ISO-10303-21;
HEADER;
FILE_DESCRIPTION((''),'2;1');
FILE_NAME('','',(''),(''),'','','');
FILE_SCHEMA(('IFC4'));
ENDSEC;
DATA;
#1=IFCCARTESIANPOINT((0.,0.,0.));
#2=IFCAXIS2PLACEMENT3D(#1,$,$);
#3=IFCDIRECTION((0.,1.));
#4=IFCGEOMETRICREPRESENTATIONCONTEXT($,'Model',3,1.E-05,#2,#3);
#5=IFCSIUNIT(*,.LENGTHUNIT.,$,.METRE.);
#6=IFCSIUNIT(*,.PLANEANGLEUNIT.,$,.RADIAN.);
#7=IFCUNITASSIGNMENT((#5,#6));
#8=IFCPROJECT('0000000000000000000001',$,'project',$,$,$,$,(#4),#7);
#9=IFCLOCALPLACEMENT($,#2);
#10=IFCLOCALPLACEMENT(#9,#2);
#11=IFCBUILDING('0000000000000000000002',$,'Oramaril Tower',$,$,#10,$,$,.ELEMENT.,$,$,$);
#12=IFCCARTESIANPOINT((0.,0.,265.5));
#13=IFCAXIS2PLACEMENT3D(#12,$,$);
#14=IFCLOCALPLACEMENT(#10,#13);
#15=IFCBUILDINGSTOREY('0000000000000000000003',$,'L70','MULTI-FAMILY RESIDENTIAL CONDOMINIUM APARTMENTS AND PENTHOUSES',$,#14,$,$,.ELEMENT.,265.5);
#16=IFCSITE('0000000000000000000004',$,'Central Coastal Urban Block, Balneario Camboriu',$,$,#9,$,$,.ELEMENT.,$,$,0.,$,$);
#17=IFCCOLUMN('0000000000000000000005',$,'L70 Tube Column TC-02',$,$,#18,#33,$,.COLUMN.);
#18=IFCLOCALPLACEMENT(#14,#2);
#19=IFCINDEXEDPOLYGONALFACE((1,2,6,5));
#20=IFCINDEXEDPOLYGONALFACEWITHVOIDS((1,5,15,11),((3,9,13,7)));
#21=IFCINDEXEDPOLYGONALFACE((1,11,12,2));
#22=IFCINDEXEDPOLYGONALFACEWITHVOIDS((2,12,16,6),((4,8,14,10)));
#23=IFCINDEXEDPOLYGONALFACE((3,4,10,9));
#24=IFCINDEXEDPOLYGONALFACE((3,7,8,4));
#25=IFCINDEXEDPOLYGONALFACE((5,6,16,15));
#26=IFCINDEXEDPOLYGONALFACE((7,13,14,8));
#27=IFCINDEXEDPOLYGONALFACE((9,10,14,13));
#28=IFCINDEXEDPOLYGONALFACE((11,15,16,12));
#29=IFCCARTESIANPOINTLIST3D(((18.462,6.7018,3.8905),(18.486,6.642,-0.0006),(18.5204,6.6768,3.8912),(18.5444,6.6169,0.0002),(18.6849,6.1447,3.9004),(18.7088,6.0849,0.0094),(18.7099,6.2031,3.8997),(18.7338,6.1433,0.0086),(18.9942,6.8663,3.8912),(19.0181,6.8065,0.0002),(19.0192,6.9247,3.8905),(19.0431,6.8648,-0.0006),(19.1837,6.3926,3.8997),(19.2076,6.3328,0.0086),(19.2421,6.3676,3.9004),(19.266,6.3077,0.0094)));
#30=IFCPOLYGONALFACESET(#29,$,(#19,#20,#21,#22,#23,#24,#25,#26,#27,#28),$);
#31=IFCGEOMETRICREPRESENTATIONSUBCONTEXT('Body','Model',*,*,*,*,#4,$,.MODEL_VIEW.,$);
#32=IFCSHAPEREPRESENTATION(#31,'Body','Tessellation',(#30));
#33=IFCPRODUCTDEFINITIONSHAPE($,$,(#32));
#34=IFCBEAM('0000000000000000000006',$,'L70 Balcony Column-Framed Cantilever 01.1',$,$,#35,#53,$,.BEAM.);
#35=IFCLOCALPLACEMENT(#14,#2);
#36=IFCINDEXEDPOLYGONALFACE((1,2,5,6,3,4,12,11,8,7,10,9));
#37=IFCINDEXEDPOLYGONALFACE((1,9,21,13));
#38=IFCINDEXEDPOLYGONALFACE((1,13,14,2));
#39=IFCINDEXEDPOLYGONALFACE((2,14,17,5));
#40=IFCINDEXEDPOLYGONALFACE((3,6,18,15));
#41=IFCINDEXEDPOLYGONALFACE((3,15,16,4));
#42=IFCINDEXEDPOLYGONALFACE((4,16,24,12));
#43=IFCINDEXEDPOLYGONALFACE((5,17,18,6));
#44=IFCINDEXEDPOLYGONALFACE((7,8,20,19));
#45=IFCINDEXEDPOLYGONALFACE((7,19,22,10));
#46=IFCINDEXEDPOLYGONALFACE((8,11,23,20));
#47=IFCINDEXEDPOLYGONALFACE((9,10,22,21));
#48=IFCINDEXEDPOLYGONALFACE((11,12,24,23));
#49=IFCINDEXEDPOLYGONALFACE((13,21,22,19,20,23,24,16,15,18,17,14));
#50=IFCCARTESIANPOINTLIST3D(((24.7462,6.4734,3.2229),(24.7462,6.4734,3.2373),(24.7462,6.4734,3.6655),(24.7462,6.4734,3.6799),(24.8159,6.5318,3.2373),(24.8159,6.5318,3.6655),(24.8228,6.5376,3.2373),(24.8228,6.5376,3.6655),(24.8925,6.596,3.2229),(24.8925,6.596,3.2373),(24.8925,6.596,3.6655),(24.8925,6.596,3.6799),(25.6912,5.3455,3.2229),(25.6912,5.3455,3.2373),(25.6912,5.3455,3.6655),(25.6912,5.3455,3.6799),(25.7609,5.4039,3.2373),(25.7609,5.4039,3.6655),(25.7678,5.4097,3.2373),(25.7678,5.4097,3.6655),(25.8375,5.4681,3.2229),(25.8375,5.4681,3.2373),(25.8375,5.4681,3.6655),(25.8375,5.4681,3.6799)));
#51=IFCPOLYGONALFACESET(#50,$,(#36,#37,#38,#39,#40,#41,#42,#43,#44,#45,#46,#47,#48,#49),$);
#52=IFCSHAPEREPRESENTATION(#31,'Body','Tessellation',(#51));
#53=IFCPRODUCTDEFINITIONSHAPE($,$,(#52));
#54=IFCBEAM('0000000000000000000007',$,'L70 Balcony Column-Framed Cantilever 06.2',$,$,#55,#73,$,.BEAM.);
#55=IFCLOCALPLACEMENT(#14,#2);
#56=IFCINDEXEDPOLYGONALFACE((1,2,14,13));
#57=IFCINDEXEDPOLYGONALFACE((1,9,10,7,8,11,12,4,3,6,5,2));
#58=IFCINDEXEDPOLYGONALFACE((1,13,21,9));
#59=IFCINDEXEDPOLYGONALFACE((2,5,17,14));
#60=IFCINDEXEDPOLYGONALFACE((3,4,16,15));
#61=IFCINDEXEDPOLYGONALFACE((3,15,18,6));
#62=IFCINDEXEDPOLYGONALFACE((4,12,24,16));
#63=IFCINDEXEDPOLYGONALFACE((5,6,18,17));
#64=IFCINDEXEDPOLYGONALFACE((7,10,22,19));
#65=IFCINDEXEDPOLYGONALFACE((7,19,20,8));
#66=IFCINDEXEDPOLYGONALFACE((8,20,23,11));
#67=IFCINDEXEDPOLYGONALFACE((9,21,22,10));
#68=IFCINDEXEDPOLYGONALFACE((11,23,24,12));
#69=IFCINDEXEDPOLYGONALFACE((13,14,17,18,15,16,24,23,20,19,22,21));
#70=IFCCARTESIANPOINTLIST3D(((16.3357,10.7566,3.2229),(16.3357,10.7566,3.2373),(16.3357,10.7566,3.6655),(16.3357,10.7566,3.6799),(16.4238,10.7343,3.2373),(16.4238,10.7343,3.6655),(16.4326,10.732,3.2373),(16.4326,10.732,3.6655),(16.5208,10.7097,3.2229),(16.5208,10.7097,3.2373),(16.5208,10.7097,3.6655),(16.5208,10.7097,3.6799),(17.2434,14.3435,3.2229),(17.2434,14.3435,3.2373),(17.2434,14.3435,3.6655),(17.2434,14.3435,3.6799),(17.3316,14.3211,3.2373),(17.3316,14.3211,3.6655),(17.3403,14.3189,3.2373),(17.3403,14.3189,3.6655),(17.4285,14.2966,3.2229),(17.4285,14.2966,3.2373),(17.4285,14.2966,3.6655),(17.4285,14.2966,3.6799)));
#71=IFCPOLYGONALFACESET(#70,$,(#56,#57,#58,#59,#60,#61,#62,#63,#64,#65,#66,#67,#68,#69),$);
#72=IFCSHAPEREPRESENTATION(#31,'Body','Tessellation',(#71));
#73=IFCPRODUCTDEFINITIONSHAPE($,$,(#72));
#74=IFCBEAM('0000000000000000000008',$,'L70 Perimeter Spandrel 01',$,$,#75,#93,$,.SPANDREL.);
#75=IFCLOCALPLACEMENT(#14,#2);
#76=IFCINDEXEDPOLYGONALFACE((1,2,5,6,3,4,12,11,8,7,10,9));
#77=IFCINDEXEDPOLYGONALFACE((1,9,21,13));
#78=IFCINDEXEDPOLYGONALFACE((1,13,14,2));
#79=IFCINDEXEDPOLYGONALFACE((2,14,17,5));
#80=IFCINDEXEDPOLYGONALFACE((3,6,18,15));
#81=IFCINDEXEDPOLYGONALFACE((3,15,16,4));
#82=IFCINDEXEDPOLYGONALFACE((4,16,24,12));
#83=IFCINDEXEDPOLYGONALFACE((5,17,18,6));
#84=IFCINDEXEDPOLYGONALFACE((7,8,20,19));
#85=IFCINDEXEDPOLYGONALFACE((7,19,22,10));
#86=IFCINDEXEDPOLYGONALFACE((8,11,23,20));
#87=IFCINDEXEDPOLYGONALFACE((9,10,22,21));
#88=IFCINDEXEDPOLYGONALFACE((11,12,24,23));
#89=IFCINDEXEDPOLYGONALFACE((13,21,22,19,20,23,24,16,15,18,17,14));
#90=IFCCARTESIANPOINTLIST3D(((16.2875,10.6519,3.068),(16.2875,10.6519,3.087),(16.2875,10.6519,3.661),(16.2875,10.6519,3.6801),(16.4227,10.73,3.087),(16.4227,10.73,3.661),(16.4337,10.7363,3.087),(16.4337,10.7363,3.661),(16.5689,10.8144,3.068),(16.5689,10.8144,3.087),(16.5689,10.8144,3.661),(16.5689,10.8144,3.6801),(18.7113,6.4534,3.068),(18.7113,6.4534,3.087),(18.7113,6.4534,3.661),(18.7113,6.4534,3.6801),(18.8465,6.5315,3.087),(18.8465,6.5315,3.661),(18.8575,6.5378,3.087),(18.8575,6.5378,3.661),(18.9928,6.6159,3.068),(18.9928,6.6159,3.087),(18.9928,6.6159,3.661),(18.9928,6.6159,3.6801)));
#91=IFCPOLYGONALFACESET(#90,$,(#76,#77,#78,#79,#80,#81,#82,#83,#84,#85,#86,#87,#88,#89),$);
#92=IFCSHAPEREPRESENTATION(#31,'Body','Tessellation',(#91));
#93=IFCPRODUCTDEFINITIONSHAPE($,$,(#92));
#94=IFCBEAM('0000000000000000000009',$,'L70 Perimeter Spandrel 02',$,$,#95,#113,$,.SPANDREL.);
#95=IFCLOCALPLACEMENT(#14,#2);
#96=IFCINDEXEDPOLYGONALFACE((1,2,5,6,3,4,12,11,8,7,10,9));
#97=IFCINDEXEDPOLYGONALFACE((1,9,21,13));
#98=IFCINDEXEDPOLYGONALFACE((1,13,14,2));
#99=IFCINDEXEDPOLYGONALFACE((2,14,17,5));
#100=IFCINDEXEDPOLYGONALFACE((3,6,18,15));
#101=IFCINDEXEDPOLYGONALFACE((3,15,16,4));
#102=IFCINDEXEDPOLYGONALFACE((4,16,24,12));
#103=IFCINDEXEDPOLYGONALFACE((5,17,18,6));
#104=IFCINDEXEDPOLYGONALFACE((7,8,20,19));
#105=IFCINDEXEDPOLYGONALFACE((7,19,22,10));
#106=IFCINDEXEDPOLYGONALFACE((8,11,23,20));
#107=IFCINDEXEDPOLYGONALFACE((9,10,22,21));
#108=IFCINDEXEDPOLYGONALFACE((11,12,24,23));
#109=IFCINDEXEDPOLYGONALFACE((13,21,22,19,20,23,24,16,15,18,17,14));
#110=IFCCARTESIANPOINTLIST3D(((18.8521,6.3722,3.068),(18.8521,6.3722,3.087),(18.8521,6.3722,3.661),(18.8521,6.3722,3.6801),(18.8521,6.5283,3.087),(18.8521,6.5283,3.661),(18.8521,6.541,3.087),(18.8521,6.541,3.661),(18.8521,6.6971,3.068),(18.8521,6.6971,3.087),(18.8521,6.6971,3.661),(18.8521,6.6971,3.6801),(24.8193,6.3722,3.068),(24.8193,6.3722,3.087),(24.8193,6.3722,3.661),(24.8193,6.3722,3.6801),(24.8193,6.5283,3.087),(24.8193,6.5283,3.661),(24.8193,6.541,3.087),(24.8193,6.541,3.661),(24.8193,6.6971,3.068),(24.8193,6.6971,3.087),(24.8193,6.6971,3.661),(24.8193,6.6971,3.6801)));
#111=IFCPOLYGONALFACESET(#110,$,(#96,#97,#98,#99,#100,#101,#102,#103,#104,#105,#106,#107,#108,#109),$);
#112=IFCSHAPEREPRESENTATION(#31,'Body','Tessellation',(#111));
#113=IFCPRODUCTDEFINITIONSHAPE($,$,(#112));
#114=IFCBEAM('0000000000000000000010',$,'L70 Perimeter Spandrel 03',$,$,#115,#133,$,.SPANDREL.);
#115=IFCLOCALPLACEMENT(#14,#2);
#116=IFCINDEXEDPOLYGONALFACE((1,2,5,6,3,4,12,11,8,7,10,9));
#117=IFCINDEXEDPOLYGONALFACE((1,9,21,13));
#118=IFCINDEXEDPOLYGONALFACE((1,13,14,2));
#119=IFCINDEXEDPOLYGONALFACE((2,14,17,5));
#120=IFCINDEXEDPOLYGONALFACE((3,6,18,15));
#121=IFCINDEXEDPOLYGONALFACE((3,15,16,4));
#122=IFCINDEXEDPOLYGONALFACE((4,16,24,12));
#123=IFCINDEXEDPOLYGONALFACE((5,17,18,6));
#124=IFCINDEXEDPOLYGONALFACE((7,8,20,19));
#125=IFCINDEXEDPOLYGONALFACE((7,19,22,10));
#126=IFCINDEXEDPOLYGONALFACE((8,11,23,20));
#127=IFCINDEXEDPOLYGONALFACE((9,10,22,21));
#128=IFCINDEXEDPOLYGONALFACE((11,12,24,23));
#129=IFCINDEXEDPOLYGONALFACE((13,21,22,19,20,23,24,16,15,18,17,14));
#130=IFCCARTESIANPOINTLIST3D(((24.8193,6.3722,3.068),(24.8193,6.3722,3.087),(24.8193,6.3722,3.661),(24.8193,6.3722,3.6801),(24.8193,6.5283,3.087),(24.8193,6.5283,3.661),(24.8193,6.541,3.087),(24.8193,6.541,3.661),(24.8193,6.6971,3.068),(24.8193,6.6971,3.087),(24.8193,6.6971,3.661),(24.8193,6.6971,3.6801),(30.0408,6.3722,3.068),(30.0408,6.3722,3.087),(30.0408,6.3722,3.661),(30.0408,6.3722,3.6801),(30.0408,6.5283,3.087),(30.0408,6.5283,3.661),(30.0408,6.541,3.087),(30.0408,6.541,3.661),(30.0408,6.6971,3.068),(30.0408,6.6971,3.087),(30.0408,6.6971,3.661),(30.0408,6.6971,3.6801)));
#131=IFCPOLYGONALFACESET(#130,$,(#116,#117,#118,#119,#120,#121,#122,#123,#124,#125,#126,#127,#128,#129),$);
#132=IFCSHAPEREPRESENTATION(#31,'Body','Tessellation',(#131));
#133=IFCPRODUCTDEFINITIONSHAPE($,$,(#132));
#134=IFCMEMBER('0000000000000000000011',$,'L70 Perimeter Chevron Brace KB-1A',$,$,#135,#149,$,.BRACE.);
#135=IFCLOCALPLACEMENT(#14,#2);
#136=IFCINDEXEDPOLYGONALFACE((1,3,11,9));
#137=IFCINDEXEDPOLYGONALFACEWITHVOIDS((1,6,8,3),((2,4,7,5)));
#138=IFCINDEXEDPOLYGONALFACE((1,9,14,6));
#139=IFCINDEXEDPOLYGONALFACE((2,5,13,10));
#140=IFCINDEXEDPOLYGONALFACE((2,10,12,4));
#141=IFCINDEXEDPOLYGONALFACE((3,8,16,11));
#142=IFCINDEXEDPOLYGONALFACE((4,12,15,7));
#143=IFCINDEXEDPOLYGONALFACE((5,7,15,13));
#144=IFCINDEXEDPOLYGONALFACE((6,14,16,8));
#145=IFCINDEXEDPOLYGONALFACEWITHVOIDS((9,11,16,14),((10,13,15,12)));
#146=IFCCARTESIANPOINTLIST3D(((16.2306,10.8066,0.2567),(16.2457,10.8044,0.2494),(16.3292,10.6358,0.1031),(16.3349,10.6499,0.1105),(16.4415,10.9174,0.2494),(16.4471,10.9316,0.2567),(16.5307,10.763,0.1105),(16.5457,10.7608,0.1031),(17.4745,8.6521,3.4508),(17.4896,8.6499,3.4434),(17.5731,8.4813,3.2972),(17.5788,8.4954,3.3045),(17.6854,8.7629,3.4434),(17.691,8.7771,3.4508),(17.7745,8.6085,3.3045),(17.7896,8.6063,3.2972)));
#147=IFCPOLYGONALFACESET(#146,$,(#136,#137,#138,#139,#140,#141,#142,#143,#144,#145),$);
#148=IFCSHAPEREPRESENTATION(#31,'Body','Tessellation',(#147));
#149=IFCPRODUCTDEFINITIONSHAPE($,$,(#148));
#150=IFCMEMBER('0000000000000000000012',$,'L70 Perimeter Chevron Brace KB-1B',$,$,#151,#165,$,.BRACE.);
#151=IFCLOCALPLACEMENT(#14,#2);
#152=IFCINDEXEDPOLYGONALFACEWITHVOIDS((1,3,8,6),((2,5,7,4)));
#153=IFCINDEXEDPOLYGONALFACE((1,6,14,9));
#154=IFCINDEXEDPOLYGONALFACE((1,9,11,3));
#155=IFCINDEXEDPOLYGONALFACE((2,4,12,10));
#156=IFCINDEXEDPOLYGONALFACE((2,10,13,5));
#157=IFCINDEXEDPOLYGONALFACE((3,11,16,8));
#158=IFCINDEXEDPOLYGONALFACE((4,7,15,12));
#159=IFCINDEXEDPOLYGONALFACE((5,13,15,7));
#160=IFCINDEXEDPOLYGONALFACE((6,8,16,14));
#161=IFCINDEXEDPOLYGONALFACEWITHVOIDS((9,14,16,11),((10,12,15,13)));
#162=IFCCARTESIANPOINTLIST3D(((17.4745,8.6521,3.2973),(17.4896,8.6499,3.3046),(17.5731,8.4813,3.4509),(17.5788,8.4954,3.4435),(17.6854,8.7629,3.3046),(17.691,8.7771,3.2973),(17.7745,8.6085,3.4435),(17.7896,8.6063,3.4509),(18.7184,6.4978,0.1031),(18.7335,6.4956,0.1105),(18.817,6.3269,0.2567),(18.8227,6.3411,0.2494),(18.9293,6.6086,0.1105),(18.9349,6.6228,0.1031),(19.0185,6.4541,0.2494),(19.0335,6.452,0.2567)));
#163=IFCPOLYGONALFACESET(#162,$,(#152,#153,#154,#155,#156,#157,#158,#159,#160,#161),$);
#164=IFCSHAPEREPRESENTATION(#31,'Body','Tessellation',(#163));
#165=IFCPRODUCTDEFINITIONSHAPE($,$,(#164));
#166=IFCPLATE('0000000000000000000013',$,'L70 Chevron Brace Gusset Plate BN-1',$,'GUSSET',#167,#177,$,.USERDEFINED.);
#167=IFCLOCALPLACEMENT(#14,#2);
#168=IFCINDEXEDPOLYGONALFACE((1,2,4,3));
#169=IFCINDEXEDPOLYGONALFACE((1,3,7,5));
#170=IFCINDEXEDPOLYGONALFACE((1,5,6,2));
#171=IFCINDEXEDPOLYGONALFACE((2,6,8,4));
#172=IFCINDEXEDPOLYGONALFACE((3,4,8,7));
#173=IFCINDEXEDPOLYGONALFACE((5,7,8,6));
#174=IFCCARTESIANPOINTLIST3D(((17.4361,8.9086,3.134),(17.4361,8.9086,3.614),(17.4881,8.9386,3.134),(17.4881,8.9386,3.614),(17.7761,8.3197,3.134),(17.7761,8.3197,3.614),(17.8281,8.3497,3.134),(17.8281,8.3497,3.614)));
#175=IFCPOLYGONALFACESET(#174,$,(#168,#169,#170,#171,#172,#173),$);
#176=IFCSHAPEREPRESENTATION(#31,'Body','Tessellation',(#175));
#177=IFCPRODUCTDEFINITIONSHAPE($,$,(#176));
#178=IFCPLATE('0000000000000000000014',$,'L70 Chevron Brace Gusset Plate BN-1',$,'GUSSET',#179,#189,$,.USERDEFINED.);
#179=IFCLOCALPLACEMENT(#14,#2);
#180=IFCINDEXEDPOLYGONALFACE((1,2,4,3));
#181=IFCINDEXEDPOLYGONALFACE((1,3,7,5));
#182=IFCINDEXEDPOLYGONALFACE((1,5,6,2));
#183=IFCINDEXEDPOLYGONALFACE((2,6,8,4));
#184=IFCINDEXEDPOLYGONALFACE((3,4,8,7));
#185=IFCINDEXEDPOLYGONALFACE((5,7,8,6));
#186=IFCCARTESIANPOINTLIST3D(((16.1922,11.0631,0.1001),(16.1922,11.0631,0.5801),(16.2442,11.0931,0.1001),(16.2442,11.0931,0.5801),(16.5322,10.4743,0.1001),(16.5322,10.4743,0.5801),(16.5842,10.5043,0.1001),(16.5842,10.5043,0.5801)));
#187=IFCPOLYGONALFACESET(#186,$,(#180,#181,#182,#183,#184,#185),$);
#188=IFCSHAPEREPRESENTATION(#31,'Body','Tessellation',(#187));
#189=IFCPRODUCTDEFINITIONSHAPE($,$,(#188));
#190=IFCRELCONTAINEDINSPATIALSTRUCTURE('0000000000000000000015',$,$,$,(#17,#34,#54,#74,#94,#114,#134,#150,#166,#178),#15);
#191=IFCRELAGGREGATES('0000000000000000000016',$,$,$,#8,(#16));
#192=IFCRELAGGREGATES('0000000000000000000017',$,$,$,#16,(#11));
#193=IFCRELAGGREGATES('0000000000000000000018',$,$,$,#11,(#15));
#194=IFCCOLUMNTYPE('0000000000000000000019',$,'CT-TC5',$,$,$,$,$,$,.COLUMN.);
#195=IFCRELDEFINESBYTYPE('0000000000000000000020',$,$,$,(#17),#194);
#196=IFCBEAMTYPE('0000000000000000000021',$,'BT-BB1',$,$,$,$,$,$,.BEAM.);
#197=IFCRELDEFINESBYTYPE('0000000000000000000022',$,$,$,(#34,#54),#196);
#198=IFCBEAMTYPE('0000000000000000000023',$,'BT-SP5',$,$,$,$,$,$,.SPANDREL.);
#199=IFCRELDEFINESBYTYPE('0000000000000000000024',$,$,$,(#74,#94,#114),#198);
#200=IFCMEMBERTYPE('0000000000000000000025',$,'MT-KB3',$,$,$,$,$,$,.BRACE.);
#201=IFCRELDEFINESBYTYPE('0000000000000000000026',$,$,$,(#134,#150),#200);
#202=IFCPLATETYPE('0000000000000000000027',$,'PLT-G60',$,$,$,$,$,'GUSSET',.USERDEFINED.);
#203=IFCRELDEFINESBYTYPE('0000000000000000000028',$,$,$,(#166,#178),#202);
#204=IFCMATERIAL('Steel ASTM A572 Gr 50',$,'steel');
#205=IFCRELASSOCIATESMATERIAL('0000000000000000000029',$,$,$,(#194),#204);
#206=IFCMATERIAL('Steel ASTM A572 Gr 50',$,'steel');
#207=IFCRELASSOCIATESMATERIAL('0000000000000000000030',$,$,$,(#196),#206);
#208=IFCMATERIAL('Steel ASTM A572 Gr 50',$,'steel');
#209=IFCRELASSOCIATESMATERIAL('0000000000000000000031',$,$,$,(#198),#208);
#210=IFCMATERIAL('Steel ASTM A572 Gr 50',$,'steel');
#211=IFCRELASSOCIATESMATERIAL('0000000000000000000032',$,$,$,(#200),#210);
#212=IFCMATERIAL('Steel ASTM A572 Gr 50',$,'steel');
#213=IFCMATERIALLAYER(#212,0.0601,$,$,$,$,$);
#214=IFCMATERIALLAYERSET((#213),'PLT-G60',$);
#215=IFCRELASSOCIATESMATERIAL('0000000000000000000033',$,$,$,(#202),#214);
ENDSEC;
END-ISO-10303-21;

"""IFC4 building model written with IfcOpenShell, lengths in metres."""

from ifc_helpers import new_model, si_unit, direction, frame, origin, origin_2d, place, context, subcontext, project, spatial, rectangle, hollow_rectangle, i_section, extrude, material, layer, layer_set, material_profile, profile_set, type_object, element, save


model = new_model("IFC4")

# Units and contexts
model_context = context("Model", 3, precision=1e-05, world=origin(), true_north=direction((0.0, 1.0)))
body_context = subcontext(model_context, "Body", "Model", "MODEL_VIEW")
ifc_project = project(units=[si_unit("LENGTHUNIT", "METRE"), si_unit("PLANEANGLEUNIT", "RADIAN")], contexts=[model_context])

# Site, building, storey
site_placement = place(None, origin())
site = spatial("IfcSite", under=ifc_project, at=site_placement, Name="Central Coastal Urban Block, Balneario Camboriu", CompositionType="ELEMENT", RefElevation=0.0)
building_placement = place(site_placement, origin())
building = spatial("IfcBuilding", under=site, at=building_placement, Name="Oramaril Tower", CompositionType="ELEMENT")
storey_placement = place(building_placement, frame((0.0, 0.0, 265.5)))
storey = spatial("IfcBuildingStorey", under=building, at=storey_placement, Name="L70", Description="MULTI-FAMILY RESIDENTIAL CONDOMINIUM APARTMENTS AND PENTHOUSES", CompositionType="ELEMENT", Elevation=265.5)

# Column
ifc_material_1 = material(Name="Steel ASTM A572 Gr 50", Category="steel")
ifc_material_profile_1 = material_profile(ifc_material_1, hollow_rectangle(XDim=0.6001, YDim=0.6001, WallThickness=0.0449, at=origin_2d()), Name="BOX600X600X45")
ifc_profile_set_1 = profile_set([ifc_material_profile_1], Name="Steel ASTM A572 Gr 50")
column_type = type_object("IfcColumnType", Name="CT-TC5", PredefinedType="COLUMN", material=ifc_profile_set_1)
column_placement = place(storey_placement, frame((18.876, 6.4749, 0.0044), z_axis=(-0.006148, 0.01537, 0.999863), x_axis=(-0.928477, -0.371391, 0.0)))
element("IfcColumn", 1, at=column_placement, inside=storey, type_object=column_type, Name="L70 Tube Column TC-02", PredefinedType="COLUMN", context=body_context, shape_type="SweptSolid", body=[
    extrude(hollow_rectangle(XDim=0.6001, YDim=0.6001, WallThickness=0.0449, at=origin_2d()), origin(), (0.0, 0.0, 1.0), 3.8916),
])

# Beams
ifc_material_2 = material(Name="Steel ASTM A572 Gr 50", Category="steel")
ifc_material_profile_2 = material_profile(ifc_material_2, i_section(OverallWidth=0.1909, OverallDepth=0.457, WebThickness=0.009, FlangeThickness=0.0144, at=origin_2d()), Name="W18X50")
ifc_profile_set_2 = profile_set([ifc_material_profile_2], Name="Steel ASTM A572 Gr 50")
beam_type_1 = type_object("IfcBeamType", Name="BT-BB1", PredefinedType="BEAM", material=ifc_profile_set_2)
beam_1_placement = place(storey_placement, frame((24.8193, 6.5347, 3.4514), z_axis=(0.642238, -0.766505, 0.0), x_axis=(0.766505, 0.642238, 0.0)))
element("IfcBeam", 2, at=beam_1_placement, inside=storey, type_object=beam_type_1, Name="L70 Balcony Column-Framed Cantilever 01.1", PredefinedType="BEAM", context=body_context, shape_type="SweptSolid", body=[
    extrude(i_section(OverallWidth=0.1909, OverallDepth=0.457, WebThickness=0.009, FlangeThickness=0.0144, at=origin_2d()), origin(), (0.0, 0.0, 1.0), 1.4714),
])
beam_2_placement = place(storey_placement, frame((16.4282, 10.7332, 3.4514), z_axis=(0.245329, 0.96944, 0.0), x_axis=(-0.96944, 0.245329, 0.0)))
element("IfcBeam", 3, at=beam_2_placement, inside=storey, type_object=beam_type_1, Name="L70 Balcony Column-Framed Cantilever 06.2", PredefinedType="BEAM", context=body_context, shape_type="SweptSolid", body=[
    extrude(i_section(OverallWidth=0.1909, OverallDepth=0.457, WebThickness=0.009, FlangeThickness=0.0144, at=origin_2d()), origin(), (0.0, 0.0, 1.0), 3.7),
])
ifc_material_3 = material(Name="Steel ASTM A572 Gr 50", Category="steel")
ifc_material_profile_3 = material_profile(ifc_material_3, i_section(OverallWidth=0.325, OverallDepth=0.6121, WebThickness=0.0127, FlangeThickness=0.019, at=origin_2d()), Name="W24X104")
ifc_profile_set_3 = profile_set([ifc_material_profile_3], Name="Steel ASTM A572 Gr 50")
beam_type_2 = type_object("IfcBeamType", Name="BT-SP5", PredefinedType="SPANDREL", material=ifc_profile_set_3)
beam_3_placement = place(storey_placement, frame((16.4282, 10.7332, 3.374), z_axis=(0.499974, -0.866041, 0.0), x_axis=(0.866041, 0.499974, 0.0)))
element("IfcBeam", 4, at=beam_3_placement, inside=storey, type_object=beam_type_2, Name="L70 Perimeter Spandrel 01", PredefinedType="SPANDREL", context=body_context, shape_type="SweptSolid", body=[
    extrude(i_section(OverallWidth=0.325, OverallDepth=0.6121, WebThickness=0.0127, FlangeThickness=0.019, at=origin_2d()), origin(), (0.0, 0.0, 1.0), 4.8479),
])
beam_4_placement = place(storey_placement, frame((18.8521, 6.5347, 3.374), z_axis=(1.0, 0.0, 0.0), x_axis=(0.0, 1.0, 0.0)))
element("IfcBeam", 5, at=beam_4_placement, inside=storey, type_object=beam_type_2, Name="L70 Perimeter Spandrel 02", PredefinedType="SPANDREL", context=body_context, shape_type="SweptSolid", body=[
    extrude(i_section(OverallWidth=0.325, OverallDepth=0.6121, WebThickness=0.0127, FlangeThickness=0.019, at=origin_2d()), origin(), (0.0, 0.0, 1.0), 5.9673),
])
beam_5_placement = place(storey_placement, frame((24.8193, 6.5347, 3.374), z_axis=(1.0, 0.0, 0.0), x_axis=(0.0, 1.0, 0.0)))
element("IfcBeam", 6, at=beam_5_placement, inside=storey, type_object=beam_type_2, Name="L70 Perimeter Spandrel 03", PredefinedType="SPANDREL", context=body_context, shape_type="SweptSolid", body=[
    extrude(i_section(OverallWidth=0.325, OverallDepth=0.6121, WebThickness=0.0127, FlangeThickness=0.019, at=origin_2d()), origin(), (0.0, 0.0, 1.0), 5.2214),
])

# Members
ifc_material_4 = material(Name="Steel ASTM A572 Gr 50", Category="steel")
ifc_material_profile_4 = material_profile(ifc_material_4, hollow_rectangle(XDim=0.25, YDim=0.25, WallThickness=0.012, at=origin_2d()), Name="HSS250X250X12")
ifc_profile_set_4 = profile_set([ifc_material_profile_4], Name="Steel ASTM A572 Gr 50")
member_type = type_object("IfcMemberType", Name="MT-KB3", PredefinedType="BRACE", material=ifc_profile_set_4)
for number, where, z_axis, x_axis, name in (
    (7, (16.3882, 10.7837, 0.1799), (0.307238, -0.532163, 0.788928), (0.86603, 0.499991, 0.0), "L70 Perimeter Chevron Brace KB-1A"),
    (8, (18.876, 6.4749, 0.1799), (-0.307247, 0.53212, 0.788953), (-0.866006, -0.500034, 0.0), "L70 Perimeter Chevron Brace KB-1B"),
):
    element("IfcMember", number, at=place(storey_placement, frame(where, z_axis=z_axis, x_axis=x_axis)), inside=storey, type_object=member_type, Name=name, PredefinedType="BRACE", context=body_context, shape_type="SweptSolid", body=[
        extrude(hollow_rectangle(XDim=0.25, YDim=0.25, WallThickness=0.012, at=origin_2d()), origin(), (0.0, 0.0, 1.0), 4.0486),
    ])

# Plates
ifc_material_5 = material(Name="Steel ASTM A572 Gr 50", Category="steel")
ifc_layer_1 = layer(ifc_material_5, 0.0601)
ifc_layer_set_1 = layer_set([ifc_layer_1], Name="PLT-G60")
plate_type = type_object("IfcPlateType", Name="PLT-G60", ElementType="GUSSET", PredefinedType="USERDEFINED", material=ifc_layer_set_1)
for number, where, z_axis, x_axis, name in (
    (9, (17.6321, 8.6292, 3.134), (0.0, 0.0, 1.0), (0.500002, -0.866025, 0.0), "L70 Chevron Brace Gusset Plate BN-1"),
    (10, (16.3882, 10.7837, 0.1001), (0.0, 0.0, 1.0), (0.500002, -0.866025, 0.0), "L70 Chevron Brace Gusset Plate BN-1"),
):
    element("IfcPlate", number, at=place(storey_placement, frame(where, z_axis=z_axis, x_axis=x_axis)), inside=storey, type_object=plate_type, Name=name, ObjectType="GUSSET", PredefinedType="USERDEFINED", context=body_context, shape_type="SweptSolid", body=[
        extrude(rectangle(XDim=0.6799, YDim=0.0601, at=origin_2d()), origin(), (0.0, 0.0, 1.0), 0.48),
    ])

save(model, "model.ifc")
